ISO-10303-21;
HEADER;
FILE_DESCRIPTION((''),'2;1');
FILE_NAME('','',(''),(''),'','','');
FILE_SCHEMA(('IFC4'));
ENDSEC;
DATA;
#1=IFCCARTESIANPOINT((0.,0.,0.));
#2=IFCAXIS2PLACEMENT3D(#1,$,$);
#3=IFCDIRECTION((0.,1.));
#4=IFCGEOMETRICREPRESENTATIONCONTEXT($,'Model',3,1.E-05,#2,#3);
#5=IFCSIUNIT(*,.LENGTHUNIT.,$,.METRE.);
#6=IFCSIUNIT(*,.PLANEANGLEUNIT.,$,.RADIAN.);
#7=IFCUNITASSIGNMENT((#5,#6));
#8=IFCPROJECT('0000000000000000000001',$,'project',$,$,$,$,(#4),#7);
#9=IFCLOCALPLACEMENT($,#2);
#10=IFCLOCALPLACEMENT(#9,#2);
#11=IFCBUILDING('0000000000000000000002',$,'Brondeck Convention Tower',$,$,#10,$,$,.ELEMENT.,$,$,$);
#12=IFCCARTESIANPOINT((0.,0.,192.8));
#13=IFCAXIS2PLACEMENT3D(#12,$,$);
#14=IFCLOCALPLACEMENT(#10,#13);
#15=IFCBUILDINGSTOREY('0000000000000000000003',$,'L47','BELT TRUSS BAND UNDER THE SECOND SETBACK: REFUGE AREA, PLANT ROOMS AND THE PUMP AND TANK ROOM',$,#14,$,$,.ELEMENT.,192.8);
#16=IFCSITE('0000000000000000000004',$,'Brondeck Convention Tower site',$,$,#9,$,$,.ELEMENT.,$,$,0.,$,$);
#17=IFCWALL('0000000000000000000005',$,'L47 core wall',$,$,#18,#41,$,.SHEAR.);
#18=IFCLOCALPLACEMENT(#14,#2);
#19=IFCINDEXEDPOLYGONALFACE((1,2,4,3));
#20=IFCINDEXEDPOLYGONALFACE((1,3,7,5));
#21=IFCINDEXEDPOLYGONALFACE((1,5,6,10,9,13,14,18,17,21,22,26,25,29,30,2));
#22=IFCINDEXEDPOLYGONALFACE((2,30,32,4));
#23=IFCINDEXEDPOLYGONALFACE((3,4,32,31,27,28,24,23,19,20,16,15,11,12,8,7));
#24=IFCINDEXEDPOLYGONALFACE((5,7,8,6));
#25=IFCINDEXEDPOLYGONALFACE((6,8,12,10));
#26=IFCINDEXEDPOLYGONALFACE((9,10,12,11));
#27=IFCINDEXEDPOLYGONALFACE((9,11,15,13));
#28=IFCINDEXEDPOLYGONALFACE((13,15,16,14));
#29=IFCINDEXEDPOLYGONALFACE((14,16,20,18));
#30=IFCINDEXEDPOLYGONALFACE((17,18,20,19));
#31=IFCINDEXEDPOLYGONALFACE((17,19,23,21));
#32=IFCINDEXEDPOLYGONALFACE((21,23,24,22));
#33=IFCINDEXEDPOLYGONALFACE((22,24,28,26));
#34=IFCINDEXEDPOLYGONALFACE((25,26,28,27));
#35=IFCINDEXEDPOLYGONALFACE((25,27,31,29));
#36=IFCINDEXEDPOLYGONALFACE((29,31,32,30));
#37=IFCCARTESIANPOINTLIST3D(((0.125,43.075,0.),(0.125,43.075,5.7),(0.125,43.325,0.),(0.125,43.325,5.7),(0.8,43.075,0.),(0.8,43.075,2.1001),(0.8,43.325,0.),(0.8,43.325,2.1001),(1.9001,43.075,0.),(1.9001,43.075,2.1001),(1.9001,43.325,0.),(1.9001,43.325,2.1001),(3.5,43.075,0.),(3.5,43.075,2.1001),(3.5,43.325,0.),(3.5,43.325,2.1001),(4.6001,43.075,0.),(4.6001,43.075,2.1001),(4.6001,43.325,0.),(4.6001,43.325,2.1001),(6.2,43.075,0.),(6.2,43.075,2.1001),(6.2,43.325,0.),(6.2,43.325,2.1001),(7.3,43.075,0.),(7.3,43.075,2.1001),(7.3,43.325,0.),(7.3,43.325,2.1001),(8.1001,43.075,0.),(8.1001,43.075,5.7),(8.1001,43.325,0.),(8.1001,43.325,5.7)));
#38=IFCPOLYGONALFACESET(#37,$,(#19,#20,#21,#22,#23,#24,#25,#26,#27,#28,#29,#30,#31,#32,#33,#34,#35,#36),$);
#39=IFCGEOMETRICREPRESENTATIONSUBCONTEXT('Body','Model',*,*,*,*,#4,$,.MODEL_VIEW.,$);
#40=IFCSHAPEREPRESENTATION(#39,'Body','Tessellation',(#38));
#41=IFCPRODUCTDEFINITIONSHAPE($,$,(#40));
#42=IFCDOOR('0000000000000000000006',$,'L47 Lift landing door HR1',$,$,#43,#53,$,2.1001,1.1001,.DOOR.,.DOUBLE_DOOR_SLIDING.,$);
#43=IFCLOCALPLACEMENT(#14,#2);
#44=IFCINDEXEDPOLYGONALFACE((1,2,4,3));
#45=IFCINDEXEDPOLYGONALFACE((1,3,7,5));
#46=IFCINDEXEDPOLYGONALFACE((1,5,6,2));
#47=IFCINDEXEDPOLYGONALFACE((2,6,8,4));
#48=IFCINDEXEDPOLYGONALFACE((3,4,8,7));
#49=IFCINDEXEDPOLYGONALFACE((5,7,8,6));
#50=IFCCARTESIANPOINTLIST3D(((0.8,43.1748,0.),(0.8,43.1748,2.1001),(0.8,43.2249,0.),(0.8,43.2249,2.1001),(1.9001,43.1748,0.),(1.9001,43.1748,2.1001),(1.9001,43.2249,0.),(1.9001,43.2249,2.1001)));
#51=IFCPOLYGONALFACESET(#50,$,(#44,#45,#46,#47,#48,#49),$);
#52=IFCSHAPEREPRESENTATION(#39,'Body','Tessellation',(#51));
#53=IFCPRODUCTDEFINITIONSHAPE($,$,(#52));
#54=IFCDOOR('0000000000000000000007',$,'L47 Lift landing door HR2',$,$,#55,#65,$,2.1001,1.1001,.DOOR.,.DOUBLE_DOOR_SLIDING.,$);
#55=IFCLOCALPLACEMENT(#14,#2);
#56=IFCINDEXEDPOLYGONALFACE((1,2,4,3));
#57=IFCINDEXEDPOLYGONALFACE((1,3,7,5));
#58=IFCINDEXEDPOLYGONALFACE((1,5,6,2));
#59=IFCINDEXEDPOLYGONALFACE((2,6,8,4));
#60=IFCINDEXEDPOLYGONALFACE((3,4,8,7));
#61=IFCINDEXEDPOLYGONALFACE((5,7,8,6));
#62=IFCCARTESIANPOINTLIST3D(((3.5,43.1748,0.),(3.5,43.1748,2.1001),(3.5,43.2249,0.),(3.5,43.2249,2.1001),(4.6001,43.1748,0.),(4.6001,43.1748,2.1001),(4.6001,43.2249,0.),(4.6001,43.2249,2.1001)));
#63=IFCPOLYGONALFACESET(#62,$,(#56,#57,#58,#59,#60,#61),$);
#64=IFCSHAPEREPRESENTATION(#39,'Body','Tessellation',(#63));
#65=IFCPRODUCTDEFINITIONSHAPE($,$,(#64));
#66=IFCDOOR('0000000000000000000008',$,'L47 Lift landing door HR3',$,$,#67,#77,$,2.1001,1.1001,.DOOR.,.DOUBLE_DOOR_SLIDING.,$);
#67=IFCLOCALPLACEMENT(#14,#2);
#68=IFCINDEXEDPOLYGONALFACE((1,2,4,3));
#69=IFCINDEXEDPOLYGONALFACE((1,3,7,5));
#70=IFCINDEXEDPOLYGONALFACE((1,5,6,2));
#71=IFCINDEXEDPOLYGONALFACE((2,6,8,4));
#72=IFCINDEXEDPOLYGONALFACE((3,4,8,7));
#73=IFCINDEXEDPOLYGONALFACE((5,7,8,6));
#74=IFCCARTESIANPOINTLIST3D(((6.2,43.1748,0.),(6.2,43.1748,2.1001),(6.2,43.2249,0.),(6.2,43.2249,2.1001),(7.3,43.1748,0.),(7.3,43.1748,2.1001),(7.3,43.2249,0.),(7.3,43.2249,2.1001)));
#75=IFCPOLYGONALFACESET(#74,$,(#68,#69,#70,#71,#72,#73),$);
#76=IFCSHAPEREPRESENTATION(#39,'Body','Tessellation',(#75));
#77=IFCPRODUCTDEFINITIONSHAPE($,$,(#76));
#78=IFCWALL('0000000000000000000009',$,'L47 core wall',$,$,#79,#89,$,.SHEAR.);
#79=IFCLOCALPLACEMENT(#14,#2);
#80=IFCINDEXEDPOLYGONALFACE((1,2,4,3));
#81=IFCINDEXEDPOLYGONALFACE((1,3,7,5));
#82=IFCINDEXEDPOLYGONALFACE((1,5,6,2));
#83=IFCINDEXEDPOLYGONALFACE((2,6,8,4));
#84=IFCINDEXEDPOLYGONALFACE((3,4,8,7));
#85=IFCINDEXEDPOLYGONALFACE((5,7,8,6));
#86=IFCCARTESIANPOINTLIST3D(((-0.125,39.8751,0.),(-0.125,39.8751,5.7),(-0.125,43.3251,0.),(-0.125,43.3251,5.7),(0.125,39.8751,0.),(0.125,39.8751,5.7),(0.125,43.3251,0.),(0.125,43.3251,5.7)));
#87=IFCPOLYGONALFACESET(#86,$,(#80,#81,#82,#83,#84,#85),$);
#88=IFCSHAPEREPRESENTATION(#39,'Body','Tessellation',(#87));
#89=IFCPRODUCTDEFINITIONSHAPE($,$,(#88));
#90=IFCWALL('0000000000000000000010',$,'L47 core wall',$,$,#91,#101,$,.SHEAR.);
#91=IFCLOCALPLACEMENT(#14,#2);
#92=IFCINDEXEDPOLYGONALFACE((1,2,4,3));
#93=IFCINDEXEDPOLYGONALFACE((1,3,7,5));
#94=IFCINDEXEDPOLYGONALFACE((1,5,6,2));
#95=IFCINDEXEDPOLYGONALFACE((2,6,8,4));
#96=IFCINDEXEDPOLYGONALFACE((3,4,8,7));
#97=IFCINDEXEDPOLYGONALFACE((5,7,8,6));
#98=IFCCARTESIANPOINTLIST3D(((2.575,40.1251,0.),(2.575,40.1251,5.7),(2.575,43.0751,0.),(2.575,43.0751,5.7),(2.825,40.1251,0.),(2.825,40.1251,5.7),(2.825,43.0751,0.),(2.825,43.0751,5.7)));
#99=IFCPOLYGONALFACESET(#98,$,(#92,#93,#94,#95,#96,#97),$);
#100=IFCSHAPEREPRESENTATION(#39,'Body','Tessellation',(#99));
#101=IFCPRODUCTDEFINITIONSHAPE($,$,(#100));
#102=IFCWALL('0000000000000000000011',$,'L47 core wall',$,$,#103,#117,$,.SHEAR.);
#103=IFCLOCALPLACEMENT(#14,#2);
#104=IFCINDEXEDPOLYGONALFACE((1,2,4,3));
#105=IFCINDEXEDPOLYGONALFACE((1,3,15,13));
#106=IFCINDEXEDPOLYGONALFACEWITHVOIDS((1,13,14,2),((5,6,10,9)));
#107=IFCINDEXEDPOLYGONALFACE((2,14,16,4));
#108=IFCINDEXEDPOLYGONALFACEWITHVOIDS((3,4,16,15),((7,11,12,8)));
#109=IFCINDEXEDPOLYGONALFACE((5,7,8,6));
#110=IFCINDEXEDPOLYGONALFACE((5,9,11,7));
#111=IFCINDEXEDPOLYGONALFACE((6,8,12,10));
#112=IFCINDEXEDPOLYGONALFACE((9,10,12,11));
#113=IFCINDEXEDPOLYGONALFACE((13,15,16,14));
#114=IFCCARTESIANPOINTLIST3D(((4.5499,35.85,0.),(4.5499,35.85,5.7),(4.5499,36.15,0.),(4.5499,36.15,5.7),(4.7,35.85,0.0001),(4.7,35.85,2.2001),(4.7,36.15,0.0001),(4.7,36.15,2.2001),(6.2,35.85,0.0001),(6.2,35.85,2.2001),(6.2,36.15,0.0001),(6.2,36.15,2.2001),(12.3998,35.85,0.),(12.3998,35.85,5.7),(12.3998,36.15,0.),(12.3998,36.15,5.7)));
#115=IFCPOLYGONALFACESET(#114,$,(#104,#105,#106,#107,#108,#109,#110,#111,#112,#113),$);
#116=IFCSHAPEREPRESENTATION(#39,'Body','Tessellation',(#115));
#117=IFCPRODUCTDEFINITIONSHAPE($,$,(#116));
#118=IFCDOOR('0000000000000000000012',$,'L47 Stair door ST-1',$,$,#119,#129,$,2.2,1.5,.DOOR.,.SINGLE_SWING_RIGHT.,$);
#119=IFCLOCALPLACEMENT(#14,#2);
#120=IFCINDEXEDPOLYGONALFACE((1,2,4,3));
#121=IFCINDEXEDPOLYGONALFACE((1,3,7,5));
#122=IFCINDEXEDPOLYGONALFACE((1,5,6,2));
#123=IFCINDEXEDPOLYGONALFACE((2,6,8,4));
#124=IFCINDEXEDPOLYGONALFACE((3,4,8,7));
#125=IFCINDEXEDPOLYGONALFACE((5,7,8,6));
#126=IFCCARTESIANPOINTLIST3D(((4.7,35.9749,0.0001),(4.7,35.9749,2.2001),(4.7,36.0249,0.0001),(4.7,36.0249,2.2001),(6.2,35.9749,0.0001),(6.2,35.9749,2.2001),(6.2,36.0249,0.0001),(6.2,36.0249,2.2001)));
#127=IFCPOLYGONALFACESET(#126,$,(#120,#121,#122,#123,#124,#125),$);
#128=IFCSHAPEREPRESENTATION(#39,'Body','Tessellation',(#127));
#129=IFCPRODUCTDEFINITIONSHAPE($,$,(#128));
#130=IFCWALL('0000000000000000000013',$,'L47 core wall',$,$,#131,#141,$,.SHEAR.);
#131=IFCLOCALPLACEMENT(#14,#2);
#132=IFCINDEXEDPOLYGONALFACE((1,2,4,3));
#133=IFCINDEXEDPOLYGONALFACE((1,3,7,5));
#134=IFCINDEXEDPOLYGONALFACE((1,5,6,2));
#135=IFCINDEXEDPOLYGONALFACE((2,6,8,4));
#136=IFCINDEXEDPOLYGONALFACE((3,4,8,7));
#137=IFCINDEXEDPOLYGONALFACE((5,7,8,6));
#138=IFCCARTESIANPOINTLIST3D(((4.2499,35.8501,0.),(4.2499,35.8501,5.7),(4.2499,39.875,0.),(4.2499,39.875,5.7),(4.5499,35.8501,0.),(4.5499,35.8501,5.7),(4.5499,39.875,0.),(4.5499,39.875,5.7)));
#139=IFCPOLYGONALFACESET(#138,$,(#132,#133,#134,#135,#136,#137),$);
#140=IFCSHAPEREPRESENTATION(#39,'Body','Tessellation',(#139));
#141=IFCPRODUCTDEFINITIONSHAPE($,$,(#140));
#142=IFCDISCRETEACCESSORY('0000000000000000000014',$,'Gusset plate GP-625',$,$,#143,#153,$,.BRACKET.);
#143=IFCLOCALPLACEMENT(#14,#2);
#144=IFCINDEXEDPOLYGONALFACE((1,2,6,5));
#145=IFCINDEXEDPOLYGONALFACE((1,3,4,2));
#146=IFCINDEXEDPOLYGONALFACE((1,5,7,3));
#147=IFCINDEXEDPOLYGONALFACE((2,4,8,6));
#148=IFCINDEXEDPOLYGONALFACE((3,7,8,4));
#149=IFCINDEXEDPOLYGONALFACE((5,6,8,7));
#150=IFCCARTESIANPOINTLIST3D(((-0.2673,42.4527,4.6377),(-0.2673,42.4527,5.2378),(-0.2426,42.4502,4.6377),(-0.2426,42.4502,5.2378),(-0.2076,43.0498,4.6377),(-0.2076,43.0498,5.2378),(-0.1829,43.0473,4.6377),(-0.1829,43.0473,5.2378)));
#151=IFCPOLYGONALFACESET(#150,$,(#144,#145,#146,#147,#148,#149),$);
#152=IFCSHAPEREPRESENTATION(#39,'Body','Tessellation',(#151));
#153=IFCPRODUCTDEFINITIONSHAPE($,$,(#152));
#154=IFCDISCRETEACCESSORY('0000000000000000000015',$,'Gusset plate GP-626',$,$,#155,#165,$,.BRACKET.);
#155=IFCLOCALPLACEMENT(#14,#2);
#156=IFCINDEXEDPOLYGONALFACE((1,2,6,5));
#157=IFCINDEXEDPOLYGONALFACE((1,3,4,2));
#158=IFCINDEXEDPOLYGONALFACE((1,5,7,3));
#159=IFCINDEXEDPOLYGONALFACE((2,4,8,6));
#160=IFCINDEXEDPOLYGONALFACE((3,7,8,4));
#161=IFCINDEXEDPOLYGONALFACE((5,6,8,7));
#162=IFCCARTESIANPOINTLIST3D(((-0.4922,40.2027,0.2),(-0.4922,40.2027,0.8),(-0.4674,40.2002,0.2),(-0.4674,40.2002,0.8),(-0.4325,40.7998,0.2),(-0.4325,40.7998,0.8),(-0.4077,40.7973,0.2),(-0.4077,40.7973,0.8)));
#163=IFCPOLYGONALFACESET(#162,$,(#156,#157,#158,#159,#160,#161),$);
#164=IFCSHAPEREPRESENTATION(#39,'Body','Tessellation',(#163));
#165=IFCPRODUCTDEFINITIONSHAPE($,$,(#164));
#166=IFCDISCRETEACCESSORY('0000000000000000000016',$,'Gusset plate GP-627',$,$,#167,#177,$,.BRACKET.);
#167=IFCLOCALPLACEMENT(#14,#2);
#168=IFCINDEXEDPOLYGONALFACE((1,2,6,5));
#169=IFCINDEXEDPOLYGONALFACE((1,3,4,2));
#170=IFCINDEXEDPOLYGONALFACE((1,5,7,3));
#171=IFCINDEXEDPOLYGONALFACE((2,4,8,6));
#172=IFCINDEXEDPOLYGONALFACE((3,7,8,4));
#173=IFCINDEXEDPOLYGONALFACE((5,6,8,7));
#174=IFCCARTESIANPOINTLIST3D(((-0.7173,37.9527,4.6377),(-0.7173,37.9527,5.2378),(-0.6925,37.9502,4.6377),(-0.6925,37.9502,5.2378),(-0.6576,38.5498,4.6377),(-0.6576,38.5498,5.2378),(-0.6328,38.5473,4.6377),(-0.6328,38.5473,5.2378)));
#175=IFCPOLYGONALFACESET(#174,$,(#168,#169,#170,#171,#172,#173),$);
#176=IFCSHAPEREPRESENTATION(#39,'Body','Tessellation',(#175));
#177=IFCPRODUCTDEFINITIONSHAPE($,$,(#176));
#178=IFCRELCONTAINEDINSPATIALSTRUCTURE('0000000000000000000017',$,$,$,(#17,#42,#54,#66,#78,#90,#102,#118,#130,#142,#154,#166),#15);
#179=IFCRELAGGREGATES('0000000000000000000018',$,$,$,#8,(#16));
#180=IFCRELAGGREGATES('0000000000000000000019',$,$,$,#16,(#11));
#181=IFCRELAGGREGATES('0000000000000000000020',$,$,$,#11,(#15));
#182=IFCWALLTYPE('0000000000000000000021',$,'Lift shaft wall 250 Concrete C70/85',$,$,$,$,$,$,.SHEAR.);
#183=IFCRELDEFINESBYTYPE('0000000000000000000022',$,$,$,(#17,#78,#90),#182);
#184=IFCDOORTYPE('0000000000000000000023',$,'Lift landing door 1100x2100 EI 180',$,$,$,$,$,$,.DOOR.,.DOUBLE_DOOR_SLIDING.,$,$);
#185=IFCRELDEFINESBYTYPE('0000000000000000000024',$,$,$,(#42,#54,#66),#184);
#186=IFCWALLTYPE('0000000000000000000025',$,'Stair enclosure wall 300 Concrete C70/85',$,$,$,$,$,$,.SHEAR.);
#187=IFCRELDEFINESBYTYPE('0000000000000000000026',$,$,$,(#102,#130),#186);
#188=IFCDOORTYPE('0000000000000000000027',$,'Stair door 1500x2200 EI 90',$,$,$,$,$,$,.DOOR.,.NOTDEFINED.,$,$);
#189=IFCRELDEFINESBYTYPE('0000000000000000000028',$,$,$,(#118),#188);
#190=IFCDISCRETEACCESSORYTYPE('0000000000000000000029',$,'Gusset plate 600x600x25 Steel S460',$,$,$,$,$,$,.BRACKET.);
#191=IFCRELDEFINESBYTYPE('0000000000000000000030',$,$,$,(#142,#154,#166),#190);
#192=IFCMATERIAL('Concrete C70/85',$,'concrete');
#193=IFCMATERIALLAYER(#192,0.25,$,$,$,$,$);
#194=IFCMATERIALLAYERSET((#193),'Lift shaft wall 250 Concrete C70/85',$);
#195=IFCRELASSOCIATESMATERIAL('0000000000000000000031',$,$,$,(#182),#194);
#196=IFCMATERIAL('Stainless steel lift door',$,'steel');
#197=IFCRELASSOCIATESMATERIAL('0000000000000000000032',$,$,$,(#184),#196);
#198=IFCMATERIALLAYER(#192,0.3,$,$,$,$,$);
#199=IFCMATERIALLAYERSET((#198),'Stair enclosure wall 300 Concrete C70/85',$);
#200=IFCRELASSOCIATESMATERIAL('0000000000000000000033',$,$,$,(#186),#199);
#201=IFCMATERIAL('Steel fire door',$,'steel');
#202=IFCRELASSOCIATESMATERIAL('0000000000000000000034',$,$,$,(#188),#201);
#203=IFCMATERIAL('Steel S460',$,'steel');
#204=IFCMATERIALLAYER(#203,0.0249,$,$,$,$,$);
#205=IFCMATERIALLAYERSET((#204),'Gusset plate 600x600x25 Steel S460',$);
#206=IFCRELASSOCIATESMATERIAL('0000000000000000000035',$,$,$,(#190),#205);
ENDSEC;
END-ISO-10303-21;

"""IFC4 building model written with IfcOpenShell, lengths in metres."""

from ifc_helpers import new_model, si_unit, direction, frame, frame_2d, origin, origin_2d, place, context, subcontext, project, spatial, rectangle, extrude, material, layer, layer_set, type_object, element, fill, save


model = new_model("IFC4")

# Units and contexts
model_context = context("Model", 3, precision=1e-05, world=origin(), true_north=direction((0.0, 1.0)))
body_context = subcontext(model_context, "Body", "Model", "MODEL_VIEW")
ifc_project = project(units=[si_unit("LENGTHUNIT", "METRE"), si_unit("PLANEANGLEUNIT", "RADIAN")], contexts=[model_context])

# Site, building, storey
site_placement = place(None, origin())
site = spatial("IfcSite", under=ifc_project, at=site_placement, Name="Brondeck Convention Tower site", CompositionType="ELEMENT", RefElevation=0.0)
building_placement = place(site_placement, origin())
building = spatial("IfcBuilding", under=site, at=building_placement, Name="Brondeck Convention Tower", CompositionType="ELEMENT")
storey_placement = place(building_placement, frame((0.0, 0.0, 192.8)))
storey = spatial("IfcBuildingStorey", under=building, at=storey_placement, Name="L47", Description="BELT TRUSS BAND UNDER THE SECOND SETBACK: REFUGE AREA, PLANT ROOMS AND THE PUMP AND TANK ROOM", CompositionType="ELEMENT", Elevation=192.8)

# Shared definitions
ifc_material_1 = material(Name="Concrete C70/85", Category="concrete")

# Shared definitions
ifc_material_2 = material(Name="Steel S460", Category="steel")

# Shared definitions
ifc_layer_1 = layer(ifc_material_1, 0.25)
ifc_layer_set_1 = layer_set([ifc_layer_1], Name="Lift shaft wall 250 Concrete C70/85")
wall_type_1 = type_object("IfcWallType", Name="Lift shaft wall 250 Concrete C70/85", PredefinedType="SHEAR", material=ifc_layer_set_1)

# Wall, openings, doors
wall_1_placement = place(storey_placement, frame((0.125, 43.2, 0.0), z_axis=(0.0, 0.0, 1.0), x_axis=(1.0, 0.0, 0.0)))
wall_1 = element("IfcWall", 1, at=wall_1_placement, inside=storey, type_object=wall_type_1, Name="L47 core wall", PredefinedType="SHEAR", context=body_context, shape_type="SweptSolid", body=[
    extrude(rectangle(XDim=7.9751, YDim=0.25, at=frame_2d((3.9875, 0.0))), origin(), (0.0, 0.0, 1.0), 5.7),
])
opening_1_placement = place(wall_1_placement, frame((0.675, 0.0, 0.0)))
opening_1 = element("IfcOpeningElement", 2, at=opening_1_placement, cuts=wall_1, PredefinedType="OPENING", context=body_context, shape_type="SweptSolid", body=[
    extrude(rectangle(XDim=1.1001, YDim=2.1001, at=frame_2d((0.55, 1.05))), frame((0.0, 0.135, 0.0), z_axis=(0.0, -1.0, 0.0), x_axis=(1.0, 0.0, 0.0)), (0.0, 0.0, 1.0), 0.27),
])
opening_2_placement = place(wall_1_placement, frame((3.375, 0.0, 0.0)))
opening_2 = element("IfcOpeningElement", 3, at=opening_2_placement, cuts=wall_1, PredefinedType="OPENING", context=body_context, shape_type="SweptSolid", body=[
    extrude(rectangle(XDim=1.1001, YDim=2.1001, at=frame_2d((0.55, 1.05))), frame((0.0, 0.135, 0.0), z_axis=(0.0, -1.0, 0.0), x_axis=(1.0, 0.0, 0.0)), (0.0, 0.0, 1.0), 0.27),
])
opening_3_placement = place(wall_1_placement, frame((6.075, 0.0, 0.0)))
opening_3 = element("IfcOpeningElement", 4, at=opening_3_placement, cuts=wall_1, PredefinedType="OPENING", context=body_context, shape_type="SweptSolid", body=[
    extrude(rectangle(XDim=1.1001, YDim=2.1001, at=frame_2d((0.55, 1.05))), frame((0.0, 0.135, 0.0), z_axis=(0.0, -1.0, 0.0), x_axis=(1.0, 0.0, 0.0)), (0.0, 0.0, 1.0), 0.27),
])
ifc_material_3 = material(Name="Stainless steel lift door", Category="steel")
door_type_1 = type_object("IfcDoorType", Name="Lift landing door 1100x2100 EI 180", OperationType="DOUBLE_DOOR_SLIDING", PredefinedType="DOOR", material=ifc_material_3)
door_1_placement = place(opening_1_placement, origin())
door_1 = element("IfcDoor", 5, at=door_1_placement, inside=storey, type_object=door_type_1, Name="L47 Lift landing door HR1", OperationType="DOUBLE_DOOR_SLIDING", OverallHeight=2.1001, OverallWidth=1.1001, PredefinedType="DOOR", context=body_context, shape_type="SweptSolid", body=[
    extrude(rectangle(XDim=1.1001, YDim=2.1001, at=frame_2d((0.55, 1.05))), frame((0.0, 0.0249, 0.0), z_axis=(0.0, -1.0, 0.0), x_axis=(1.0, 0.0, 0.0)), (0.0, 0.0, 1.0), 0.05),
])
fill(opening_1, door_1)
door_2_placement = place(opening_2_placement, origin())
door_2 = element("IfcDoor", 6, at=door_2_placement, inside=storey, type_object=door_type_1, Name="L47 Lift landing door HR2", OperationType="DOUBLE_DOOR_SLIDING", OverallHeight=2.1001, OverallWidth=1.1001, PredefinedType="DOOR", context=body_context, shape_type="SweptSolid", body=[
    extrude(rectangle(XDim=1.1001, YDim=2.1001, at=frame_2d((0.55, 1.05))), frame((0.0, 0.0249, 0.0), z_axis=(0.0, -1.0, 0.0), x_axis=(1.0, 0.0, 0.0)), (0.0, 0.0, 1.0), 0.05),
])
fill(opening_2, door_2)
door_3_placement = place(opening_3_placement, origin())
door_3 = element("IfcDoor", 7, at=door_3_placement, inside=storey, type_object=door_type_1, Name="L47 Lift landing door HR3", OperationType="DOUBLE_DOOR_SLIDING", OverallHeight=2.1001, OverallWidth=1.1001, PredefinedType="DOOR", context=body_context, shape_type="SweptSolid", body=[
    extrude(rectangle(XDim=1.1001, YDim=2.1001, at=frame_2d((0.55, 1.05))), frame((0.0, 0.0249, 0.0), z_axis=(0.0, -1.0, 0.0), x_axis=(1.0, 0.0, 0.0)), (0.0, 0.0, 1.0), 0.05),
])
fill(opening_3, door_3)

# Walls
wall_2_placement = place(storey_placement, frame((0.0, 39.875, 0.0), z_axis=(0.0, 0.0, 1.0), x_axis=(0.0, 1.0, 0.0)))
element("IfcWall", 8, at=wall_2_placement, inside=storey, type_object=wall_type_1, Name="L47 core wall", PredefinedType="SHEAR", context=body_context, shape_type="SweptSolid", body=[
    extrude(rectangle(XDim=3.45, YDim=0.25, at=frame_2d((1.7251, 0.0))), origin(), (0.0, 0.0, 1.0), 5.7),
])
wall_3_placement = place(storey_placement, frame((2.7, 40.125, 0.0), z_axis=(0.0, 0.0, 1.0), x_axis=(0.0, 1.0, 0.0)))
element("IfcWall", 9, at=wall_3_placement, inside=storey, type_object=wall_type_1, Name="L47 core wall", PredefinedType="SHEAR", context=body_context, shape_type="SweptSolid", body=[
    extrude(rectangle(XDim=2.95, YDim=0.25, at=frame_2d((1.4751, 0.0))), origin(), (0.0, 0.0, 1.0), 5.7),
])

# Wall, opening, door
ifc_layer_2 = layer(ifc_material_1, 0.3)
ifc_layer_set_2 = layer_set([ifc_layer_2], Name="Stair enclosure wall 300 Concrete C70/85")
wall_type_2 = type_object("IfcWallType", Name="Stair enclosure wall 300 Concrete C70/85", PredefinedType="SHEAR", material=ifc_layer_set_2)
wall_4_placement = place(storey_placement, frame((4.55, 36.0, 0.0), z_axis=(0.0, 0.0, 1.0), x_axis=(1.0, 0.0, 0.0)))
wall_4 = element("IfcWall", 10, at=wall_4_placement, inside=storey, type_object=wall_type_2, Name="L47 core wall", PredefinedType="SHEAR", context=body_context, shape_type="SweptSolid", body=[
    extrude(rectangle(XDim=7.8499, YDim=0.3, at=frame_2d((3.9248, 0.0))), origin(), (0.0, 0.0, 1.0), 5.7),
])
opening_4_placement = place(wall_4_placement, frame((0.1499, 0.0, 0.0)))
opening_4 = element("IfcOpeningElement", 11, at=opening_4_placement, cuts=wall_4, PredefinedType="OPENING", context=body_context, shape_type="SweptSolid", body=[
    extrude(rectangle(XDim=1.5, YDim=2.2, at=frame_2d((0.75, 1.1001))), frame((0.0, 0.1599, 0.0), z_axis=(0.0, -1.0, 0.0), x_axis=(1.0, 0.0, 0.0)), (0.0, 0.0, 1.0), 0.3201),
])
ifc_material_4 = material(Name="Steel fire door", Category="steel")
door_type_2 = type_object("IfcDoorType", Name="Stair door 1500x2200 EI 90", OperationType="NOTDEFINED", PredefinedType="DOOR", material=ifc_material_4)
door_4_placement = place(opening_4_placement, origin())
door_4 = element("IfcDoor", 12, at=door_4_placement, inside=storey, type_object=door_type_2, Name="L47 Stair door ST-1", OperationType="SINGLE_SWING_RIGHT", OverallHeight=2.2, OverallWidth=1.5, PredefinedType="DOOR", context=body_context, shape_type="SweptSolid", body=[
    extrude(rectangle(XDim=1.5, YDim=2.2, at=frame_2d((0.75, 1.1001))), frame((0.0, 0.0249, 0.0), z_axis=(0.0, -1.0, 0.0), x_axis=(1.0, 0.0, 0.0)), (0.0, 0.0, 1.0), 0.05),
])
fill(opening_4, door_4)

# Wall
wall_5_placement = place(storey_placement, frame((4.3999, 35.8501, 0.0), z_axis=(0.0, 0.0, 1.0), x_axis=(0.0, 1.0, 0.0)))
element("IfcWall", 13, at=wall_5_placement, inside=storey, type_object=wall_type_2, Name="L47 core wall", PredefinedType="SHEAR", context=body_context, shape_type="SweptSolid", body=[
    extrude(rectangle(XDim=4.0249, YDim=0.3, at=frame_2d((2.0125, 0.0))), origin(), (0.0, 0.0, 1.0), 5.7),
])

# Discrete accessories
ifc_layer_3 = layer(ifc_material_2, 0.0249)
ifc_layer_set_3 = layer_set([ifc_layer_3], Name="Gusset plate 600x600x25 Steel S460")
discrete_accessory_type = type_object("IfcDiscreteAccessoryType", Name="Gusset plate 600x600x25 Steel S460", PredefinedType="BRACKET", material=ifc_layer_set_3)
for number, where, z_axis, x_axis, name in (
    (14, (-0.2251, 42.75, 4.6377), (0.0, 0.0, 1.0), (0.099511, 0.995036, 0.0), "Gusset plate GP-625"),
    (15, (-0.45, 40.5, 0.2), (0.0, 0.0, 1.0), (0.099511, 0.995036, 0.0), "Gusset plate GP-626"),
    (16, (-0.675, 38.25, 4.6377), (0.0, 0.0, 1.0), (0.099511, 0.995036, 0.0), "Gusset plate GP-627"),
):
    element("IfcDiscreteAccessory", number, at=place(storey_placement, frame(where, z_axis=z_axis, x_axis=x_axis)), inside=storey, type_object=discrete_accessory_type, Name=name, PredefinedType="BRACKET", context=body_context, shape_type="SweptSolid", body=[
        extrude(rectangle(XDim=0.6001, YDim=0.0249, at=origin_2d()), origin(), (0.0, 0.0, 1.0), 0.6001),
    ])

save(model, "model.ifc")
